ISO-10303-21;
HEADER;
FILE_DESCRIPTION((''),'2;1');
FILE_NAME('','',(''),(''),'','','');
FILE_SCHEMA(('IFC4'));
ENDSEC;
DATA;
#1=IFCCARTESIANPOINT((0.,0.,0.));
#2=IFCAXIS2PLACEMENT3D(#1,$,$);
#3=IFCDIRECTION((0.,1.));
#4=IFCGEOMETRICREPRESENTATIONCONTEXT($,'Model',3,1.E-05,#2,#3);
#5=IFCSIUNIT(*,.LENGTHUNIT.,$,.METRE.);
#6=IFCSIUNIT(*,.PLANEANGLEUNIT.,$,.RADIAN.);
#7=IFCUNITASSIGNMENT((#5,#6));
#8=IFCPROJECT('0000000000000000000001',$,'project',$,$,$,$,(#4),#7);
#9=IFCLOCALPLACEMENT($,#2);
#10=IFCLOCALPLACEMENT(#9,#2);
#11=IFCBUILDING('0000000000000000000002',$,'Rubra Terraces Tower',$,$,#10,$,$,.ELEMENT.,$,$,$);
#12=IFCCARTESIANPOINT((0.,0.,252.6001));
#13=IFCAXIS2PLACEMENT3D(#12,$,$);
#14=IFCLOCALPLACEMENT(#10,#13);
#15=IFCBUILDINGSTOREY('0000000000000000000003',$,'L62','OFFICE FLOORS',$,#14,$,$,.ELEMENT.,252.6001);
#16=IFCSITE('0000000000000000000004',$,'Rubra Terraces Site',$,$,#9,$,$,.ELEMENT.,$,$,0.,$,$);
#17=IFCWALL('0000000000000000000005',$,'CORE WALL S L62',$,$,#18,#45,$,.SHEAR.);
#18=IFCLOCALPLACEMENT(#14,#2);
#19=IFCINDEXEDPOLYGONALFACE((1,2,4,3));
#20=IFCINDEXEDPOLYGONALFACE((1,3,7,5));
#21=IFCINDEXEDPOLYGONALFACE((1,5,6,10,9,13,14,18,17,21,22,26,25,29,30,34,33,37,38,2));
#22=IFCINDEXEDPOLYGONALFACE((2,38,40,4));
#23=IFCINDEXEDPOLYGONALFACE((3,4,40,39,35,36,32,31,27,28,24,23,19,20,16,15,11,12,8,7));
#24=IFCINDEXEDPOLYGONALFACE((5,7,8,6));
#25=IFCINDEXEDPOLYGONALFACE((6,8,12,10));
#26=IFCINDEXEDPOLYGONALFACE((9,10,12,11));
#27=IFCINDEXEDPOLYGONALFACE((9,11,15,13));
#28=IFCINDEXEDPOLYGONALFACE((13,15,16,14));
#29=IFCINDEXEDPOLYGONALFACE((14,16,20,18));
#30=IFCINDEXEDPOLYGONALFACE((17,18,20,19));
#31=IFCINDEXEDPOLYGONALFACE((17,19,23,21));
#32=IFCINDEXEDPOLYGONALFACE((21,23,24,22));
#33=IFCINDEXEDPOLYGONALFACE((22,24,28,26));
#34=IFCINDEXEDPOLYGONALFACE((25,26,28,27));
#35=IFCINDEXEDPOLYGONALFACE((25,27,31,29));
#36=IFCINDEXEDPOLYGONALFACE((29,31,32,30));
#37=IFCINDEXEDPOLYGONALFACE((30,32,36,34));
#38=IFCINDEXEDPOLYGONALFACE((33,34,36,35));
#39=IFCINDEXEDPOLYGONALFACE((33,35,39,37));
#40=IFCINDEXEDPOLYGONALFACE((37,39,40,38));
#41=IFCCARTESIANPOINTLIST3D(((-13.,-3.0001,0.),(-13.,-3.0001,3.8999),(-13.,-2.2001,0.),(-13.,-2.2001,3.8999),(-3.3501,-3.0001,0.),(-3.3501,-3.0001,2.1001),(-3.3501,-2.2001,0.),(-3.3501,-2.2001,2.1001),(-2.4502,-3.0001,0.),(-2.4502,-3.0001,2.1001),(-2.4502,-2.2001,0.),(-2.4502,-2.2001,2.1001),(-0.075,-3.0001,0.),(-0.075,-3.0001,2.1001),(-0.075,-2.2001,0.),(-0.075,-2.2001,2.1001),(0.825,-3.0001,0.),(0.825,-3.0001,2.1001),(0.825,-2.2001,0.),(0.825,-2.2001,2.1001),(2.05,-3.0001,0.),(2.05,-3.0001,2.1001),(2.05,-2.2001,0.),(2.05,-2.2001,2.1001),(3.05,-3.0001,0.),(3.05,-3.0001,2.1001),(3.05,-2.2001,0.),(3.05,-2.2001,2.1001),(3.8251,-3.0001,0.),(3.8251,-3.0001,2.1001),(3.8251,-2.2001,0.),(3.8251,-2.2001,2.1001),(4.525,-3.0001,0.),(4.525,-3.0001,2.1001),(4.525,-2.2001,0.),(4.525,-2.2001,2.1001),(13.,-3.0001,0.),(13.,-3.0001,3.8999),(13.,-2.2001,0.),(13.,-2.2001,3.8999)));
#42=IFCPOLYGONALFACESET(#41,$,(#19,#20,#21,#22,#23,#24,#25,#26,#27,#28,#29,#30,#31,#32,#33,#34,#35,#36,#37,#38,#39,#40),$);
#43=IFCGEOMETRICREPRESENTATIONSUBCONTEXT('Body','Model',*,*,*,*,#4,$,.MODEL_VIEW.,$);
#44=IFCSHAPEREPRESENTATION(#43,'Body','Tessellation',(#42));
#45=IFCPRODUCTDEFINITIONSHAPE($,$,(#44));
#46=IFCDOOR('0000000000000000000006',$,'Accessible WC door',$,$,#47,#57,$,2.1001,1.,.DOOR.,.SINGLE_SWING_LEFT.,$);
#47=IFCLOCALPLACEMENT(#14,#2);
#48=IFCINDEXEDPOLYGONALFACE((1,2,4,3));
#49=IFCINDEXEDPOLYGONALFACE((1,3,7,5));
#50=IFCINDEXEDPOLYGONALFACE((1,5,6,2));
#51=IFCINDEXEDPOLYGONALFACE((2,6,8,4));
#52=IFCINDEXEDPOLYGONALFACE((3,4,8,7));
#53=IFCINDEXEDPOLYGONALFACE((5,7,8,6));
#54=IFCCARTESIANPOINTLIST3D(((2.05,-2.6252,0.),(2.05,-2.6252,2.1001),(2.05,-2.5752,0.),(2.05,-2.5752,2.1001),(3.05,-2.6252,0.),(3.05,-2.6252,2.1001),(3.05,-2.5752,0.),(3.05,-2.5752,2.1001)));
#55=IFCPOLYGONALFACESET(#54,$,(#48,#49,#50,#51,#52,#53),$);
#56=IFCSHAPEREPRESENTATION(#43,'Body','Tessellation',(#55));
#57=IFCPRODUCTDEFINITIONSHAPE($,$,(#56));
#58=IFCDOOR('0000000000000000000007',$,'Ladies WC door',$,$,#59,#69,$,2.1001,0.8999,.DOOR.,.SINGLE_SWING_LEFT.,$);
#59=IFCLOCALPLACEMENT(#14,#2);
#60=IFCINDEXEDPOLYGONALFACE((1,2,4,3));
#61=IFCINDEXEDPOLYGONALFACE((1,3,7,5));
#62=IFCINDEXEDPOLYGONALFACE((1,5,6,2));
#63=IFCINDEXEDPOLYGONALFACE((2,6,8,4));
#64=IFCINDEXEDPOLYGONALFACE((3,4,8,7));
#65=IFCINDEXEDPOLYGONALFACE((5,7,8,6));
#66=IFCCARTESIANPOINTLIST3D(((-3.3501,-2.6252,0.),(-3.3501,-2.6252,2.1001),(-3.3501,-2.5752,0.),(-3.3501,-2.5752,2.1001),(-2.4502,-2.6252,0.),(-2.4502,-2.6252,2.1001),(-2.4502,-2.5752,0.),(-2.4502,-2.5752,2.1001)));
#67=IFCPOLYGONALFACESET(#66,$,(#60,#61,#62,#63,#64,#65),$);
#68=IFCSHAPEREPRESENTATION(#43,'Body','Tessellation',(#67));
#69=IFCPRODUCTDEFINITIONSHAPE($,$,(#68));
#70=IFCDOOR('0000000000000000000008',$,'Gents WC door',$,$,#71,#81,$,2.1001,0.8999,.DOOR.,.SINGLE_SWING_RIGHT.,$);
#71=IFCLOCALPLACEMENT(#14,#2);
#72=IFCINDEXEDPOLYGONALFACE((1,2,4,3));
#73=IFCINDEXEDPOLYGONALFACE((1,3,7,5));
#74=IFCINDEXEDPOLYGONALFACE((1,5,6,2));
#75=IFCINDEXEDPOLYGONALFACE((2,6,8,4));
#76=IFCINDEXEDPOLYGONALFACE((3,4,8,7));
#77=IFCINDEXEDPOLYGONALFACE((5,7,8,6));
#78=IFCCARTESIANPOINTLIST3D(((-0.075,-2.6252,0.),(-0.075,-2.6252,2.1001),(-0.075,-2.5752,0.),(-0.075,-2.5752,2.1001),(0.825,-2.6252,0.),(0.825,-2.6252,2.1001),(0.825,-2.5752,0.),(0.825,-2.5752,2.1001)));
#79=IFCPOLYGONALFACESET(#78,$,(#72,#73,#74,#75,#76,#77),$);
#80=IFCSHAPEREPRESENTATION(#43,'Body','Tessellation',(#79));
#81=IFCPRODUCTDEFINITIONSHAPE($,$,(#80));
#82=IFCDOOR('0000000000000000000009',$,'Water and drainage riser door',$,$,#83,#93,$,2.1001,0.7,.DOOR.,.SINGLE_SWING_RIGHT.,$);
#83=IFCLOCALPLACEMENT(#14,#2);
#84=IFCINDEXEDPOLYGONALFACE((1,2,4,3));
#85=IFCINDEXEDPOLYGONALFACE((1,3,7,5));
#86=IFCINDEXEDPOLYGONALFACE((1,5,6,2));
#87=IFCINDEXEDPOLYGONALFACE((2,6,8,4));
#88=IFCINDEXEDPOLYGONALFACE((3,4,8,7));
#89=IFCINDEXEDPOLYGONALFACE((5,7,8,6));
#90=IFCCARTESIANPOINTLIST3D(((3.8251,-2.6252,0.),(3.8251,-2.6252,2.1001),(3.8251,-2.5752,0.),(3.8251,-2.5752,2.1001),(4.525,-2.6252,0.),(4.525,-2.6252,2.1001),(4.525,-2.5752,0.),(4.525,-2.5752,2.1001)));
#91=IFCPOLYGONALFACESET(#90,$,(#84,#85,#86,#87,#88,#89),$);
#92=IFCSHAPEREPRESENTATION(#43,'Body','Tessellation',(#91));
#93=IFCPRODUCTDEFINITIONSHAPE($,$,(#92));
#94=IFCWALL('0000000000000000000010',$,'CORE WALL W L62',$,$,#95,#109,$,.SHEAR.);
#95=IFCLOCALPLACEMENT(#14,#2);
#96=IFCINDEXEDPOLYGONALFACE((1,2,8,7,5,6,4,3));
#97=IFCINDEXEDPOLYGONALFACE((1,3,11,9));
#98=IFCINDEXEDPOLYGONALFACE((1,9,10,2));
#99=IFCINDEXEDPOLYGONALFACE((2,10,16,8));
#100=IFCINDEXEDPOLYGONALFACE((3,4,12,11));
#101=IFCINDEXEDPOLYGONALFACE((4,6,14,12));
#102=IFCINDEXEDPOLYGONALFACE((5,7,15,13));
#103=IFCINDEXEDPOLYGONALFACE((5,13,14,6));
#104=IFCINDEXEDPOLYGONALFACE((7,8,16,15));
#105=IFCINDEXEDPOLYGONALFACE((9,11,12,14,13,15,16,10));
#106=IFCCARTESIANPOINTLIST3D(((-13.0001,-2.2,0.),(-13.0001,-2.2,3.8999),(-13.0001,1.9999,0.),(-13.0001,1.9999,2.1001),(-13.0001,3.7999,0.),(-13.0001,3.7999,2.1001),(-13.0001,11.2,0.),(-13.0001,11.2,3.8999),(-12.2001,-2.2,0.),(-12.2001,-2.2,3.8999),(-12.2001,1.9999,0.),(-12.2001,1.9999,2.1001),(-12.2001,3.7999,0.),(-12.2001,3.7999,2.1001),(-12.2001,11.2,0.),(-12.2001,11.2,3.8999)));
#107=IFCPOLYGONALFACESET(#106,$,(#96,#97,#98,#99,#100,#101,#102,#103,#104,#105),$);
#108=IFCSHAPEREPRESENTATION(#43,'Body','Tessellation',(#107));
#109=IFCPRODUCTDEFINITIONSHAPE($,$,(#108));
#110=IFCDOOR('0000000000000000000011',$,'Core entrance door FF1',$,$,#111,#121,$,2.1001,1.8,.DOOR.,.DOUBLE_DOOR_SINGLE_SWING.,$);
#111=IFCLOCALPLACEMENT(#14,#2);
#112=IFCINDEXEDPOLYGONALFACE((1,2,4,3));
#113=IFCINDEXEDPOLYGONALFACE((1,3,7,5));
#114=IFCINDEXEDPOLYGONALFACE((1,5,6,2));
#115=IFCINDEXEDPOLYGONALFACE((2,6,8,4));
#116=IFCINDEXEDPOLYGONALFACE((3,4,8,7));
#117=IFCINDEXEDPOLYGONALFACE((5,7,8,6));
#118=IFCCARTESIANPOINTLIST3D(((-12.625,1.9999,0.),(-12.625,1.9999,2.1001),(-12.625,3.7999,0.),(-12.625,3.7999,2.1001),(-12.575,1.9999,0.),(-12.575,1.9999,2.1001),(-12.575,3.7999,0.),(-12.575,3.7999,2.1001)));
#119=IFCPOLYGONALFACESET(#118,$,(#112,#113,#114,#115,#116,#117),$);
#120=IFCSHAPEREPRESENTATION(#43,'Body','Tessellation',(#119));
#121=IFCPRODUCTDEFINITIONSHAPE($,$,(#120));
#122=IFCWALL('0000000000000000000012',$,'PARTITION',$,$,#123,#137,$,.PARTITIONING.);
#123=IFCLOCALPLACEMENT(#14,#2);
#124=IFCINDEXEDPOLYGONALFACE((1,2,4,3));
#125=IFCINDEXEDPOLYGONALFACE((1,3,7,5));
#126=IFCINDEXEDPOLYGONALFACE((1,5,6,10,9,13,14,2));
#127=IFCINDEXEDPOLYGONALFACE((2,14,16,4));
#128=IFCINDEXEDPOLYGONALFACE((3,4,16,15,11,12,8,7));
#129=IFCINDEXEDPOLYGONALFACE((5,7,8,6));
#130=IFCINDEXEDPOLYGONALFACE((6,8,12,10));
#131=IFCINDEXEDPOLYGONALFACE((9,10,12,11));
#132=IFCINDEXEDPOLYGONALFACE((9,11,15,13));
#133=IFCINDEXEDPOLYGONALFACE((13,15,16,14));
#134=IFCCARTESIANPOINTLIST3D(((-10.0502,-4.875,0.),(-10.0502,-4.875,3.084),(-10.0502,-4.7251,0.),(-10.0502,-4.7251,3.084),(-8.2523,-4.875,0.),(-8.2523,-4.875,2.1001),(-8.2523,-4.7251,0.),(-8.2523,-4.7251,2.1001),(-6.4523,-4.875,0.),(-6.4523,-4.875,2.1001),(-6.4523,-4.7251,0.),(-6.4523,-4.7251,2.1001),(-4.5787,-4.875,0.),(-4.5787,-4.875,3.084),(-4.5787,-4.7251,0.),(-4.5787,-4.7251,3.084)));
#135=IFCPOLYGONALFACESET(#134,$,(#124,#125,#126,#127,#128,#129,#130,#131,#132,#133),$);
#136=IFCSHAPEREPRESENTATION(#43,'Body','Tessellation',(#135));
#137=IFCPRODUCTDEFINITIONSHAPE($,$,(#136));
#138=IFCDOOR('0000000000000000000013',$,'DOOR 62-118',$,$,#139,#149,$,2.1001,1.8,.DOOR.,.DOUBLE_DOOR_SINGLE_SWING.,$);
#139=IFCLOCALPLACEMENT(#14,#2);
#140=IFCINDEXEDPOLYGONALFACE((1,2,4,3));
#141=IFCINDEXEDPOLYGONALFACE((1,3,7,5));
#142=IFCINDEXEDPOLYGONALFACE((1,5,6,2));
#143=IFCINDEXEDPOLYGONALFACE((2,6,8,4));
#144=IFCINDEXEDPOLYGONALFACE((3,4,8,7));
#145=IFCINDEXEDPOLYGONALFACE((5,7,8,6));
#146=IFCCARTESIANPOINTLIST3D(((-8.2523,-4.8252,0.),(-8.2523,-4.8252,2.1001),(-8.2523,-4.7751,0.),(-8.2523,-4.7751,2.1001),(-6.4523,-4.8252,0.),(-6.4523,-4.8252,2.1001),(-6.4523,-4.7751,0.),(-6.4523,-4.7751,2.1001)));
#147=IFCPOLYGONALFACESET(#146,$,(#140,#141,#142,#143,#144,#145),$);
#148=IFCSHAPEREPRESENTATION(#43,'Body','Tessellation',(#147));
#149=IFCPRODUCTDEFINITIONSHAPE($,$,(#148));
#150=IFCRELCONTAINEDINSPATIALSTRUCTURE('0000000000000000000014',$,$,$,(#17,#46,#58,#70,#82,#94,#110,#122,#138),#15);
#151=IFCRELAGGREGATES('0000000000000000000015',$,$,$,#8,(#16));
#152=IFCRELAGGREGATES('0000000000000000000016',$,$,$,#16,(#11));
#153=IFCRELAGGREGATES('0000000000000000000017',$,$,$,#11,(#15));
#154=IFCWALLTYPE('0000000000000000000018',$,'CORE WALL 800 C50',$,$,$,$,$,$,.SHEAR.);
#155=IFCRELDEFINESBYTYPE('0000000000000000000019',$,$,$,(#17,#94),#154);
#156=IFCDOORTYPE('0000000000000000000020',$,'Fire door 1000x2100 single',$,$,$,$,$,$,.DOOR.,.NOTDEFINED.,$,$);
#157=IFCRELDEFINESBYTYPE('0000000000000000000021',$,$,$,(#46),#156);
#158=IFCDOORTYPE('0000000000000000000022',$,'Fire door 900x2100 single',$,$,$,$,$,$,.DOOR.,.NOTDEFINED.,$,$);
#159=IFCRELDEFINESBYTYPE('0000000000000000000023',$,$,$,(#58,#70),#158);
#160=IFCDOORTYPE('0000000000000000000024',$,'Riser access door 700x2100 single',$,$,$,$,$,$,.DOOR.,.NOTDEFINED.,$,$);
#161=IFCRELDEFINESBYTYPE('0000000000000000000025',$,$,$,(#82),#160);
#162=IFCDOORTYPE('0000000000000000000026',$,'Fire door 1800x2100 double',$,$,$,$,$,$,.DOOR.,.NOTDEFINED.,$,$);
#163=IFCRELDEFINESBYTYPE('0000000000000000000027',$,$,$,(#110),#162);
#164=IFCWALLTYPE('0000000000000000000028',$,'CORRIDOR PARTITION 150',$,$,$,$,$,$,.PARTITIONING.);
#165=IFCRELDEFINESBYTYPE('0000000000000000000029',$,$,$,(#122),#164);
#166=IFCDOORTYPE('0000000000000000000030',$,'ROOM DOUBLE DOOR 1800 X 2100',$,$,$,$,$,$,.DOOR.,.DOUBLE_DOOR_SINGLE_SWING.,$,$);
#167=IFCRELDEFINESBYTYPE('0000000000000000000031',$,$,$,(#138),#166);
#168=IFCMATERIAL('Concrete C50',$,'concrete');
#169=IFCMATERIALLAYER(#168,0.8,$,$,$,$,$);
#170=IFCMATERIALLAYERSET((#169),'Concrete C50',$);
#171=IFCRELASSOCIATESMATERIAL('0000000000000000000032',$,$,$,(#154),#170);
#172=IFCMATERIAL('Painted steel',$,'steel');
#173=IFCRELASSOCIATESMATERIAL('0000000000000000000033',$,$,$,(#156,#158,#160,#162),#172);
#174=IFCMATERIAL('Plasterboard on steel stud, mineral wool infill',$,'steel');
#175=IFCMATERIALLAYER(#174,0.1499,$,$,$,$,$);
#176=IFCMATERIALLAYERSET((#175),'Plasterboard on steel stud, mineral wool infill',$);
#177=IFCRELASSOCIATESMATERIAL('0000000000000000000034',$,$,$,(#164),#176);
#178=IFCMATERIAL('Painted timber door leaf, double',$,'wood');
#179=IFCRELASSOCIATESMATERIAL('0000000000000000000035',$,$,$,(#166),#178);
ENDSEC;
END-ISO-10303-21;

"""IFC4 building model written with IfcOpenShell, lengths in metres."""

from ifc_helpers import new_model, si_unit, direction, frame, frame_2d, origin, place, context, subcontext, project, spatial, rectangle, extrude, material, layer, layer_set, type_object, element, fill, save


model = new_model("IFC4")

# Units and contexts
model_context = context("Model", 3, precision=1e-05, world=origin(), true_north=direction((0.0, 1.0)))
body_context = subcontext(model_context, "Body", "Model", "MODEL_VIEW")
ifc_project = project(units=[si_unit("LENGTHUNIT", "METRE"), si_unit("PLANEANGLEUNIT", "RADIAN")], contexts=[model_context])

# Site, building, storey
site_placement = place(None, origin())
site = spatial("IfcSite", under=ifc_project, at=site_placement, Name="Rubra Terraces Site", CompositionType="ELEMENT", RefElevation=0.0)
building_placement = place(site_placement, origin())
building = spatial("IfcBuilding", under=site, at=building_placement, Name="Rubra Terraces Tower", CompositionType="ELEMENT")
storey_placement = place(building_placement, frame((0.0, 0.0, 252.6001)))
storey = spatial("IfcBuildingStorey", under=building, at=storey_placement, Name="L62", Description="OFFICE FLOORS", CompositionType="ELEMENT", Elevation=252.6001)

# Wall, openings, doors
ifc_material_1 = material(Name="Concrete C50", Category="concrete")
ifc_layer_1 = layer(ifc_material_1, 0.8)
ifc_layer_set_1 = layer_set([ifc_layer_1], Name="Concrete C50")
wall_type_1 = type_object("IfcWallType", Name="CORE WALL 800 C50", PredefinedType="SHEAR", material=ifc_layer_set_1)
wall_1_placement = place(storey_placement, frame((-13.0, -2.6001, 0.0), z_axis=(0.0, 0.0, 1.0), x_axis=(1.0, 0.0, 0.0)))
wall_1 = element("IfcWall", 1, at=wall_1_placement, inside=storey, type_object=wall_type_1, Name="CORE WALL S L62", PredefinedType="SHEAR", context=body_context, shape_type="SweptSolid", body=[
    extrude(rectangle(XDim=26.0, YDim=0.8, at=frame_2d((13.0, 0.0))), origin(), (0.0, 0.0, 1.0), 3.8999),
])
opening_1_placement = place(wall_1_placement, frame((9.6499, 0.0, 0.0)))
opening_1 = element("IfcOpeningElement", 2, at=opening_1_placement, cuts=wall_1, PredefinedType="OPENING", context=body_context, shape_type="SweptSolid", body=[
    extrude(rectangle(XDim=0.8999, YDim=2.1001, at=frame_2d((0.45, 1.05))), frame((0.0, 0.4099, 0.0), z_axis=(0.0, -1.0, 0.0), x_axis=(1.0, 0.0, 0.0)), (0.0, 0.0, 1.0), 0.8201),
])
opening_2_placement = place(wall_1_placement, frame((12.925, 0.0, 0.0)))
opening_2 = element("IfcOpeningElement", 3, at=opening_2_placement, cuts=wall_1, PredefinedType="OPENING", context=body_context, shape_type="SweptSolid", body=[
    extrude(rectangle(XDim=0.8999, YDim=2.1001, at=frame_2d((0.45, 1.05))), frame((0.0, 0.4099, 0.0), z_axis=(0.0, -1.0, 0.0), x_axis=(1.0, 0.0, 0.0)), (0.0, 0.0, 1.0), 0.8201),
])
opening_3_placement = place(wall_1_placement, frame((15.05, 0.0, 0.0)))
opening_3 = element("IfcOpeningElement", 4, at=opening_3_placement, cuts=wall_1, PredefinedType="OPENING", context=body_context, shape_type="SweptSolid", body=[
    extrude(rectangle(XDim=1.0, YDim=2.1001, at=frame_2d((0.5, 1.05))), frame((0.0, 0.4099, 0.0), z_axis=(0.0, -1.0, 0.0), x_axis=(1.0, 0.0, 0.0)), (0.0, 0.0, 1.0), 0.8201),
])
opening_4_placement = place(wall_1_placement, frame((16.825, 0.0, 0.0)))
opening_4 = element("IfcOpeningElement", 5, at=opening_4_placement, cuts=wall_1, PredefinedType="OPENING", context=body_context, shape_type="SweptSolid", body=[
    extrude(rectangle(XDim=0.7, YDim=2.1001, at=frame_2d((0.3501, 1.05))), frame((0.0, 0.4099, 0.0), z_axis=(0.0, -1.0, 0.0), x_axis=(1.0, 0.0, 0.0)), (0.0, 0.0, 1.0), 0.8201),
])
ifc_material_2 = material(Name="Painted steel", Category="steel")
door_type_1 = type_object("IfcDoorType", Name="Fire door 1000x2100 single", OperationType="NOTDEFINED", PredefinedType="DOOR", material=ifc_material_2)
door_1_placement = place(opening_3_placement, origin())
door_1 = element("IfcDoor", 6, at=door_1_placement, inside=storey, type_object=door_type_1, Name="Accessible WC door", OperationType="SINGLE_SWING_LEFT", OverallHeight=2.1001, OverallWidth=1.0, PredefinedType="DOOR", context=body_context, shape_type="SweptSolid", body=[
    extrude(rectangle(XDim=1.0, YDim=2.1001, at=frame_2d((0.5, 1.05))), frame((0.0, 0.0249, 0.0), z_axis=(0.0, -1.0, 0.0), x_axis=(1.0, 0.0, 0.0)), (0.0, 0.0, 1.0), 0.05),
])
fill(opening_3, door_1)
door_type_2 = type_object("IfcDoorType", Name="Fire door 900x2100 single", OperationType="NOTDEFINED", PredefinedType="DOOR", material=ifc_material_2)
door_2_placement = place(opening_1_placement, origin())
door_2 = element("IfcDoor", 7, at=door_2_placement, inside=storey, type_object=door_type_2, Name="Ladies WC door", OperationType="SINGLE_SWING_LEFT", OverallHeight=2.1001, OverallWidth=0.8999, PredefinedType="DOOR", context=body_context, shape_type="SweptSolid", body=[
    extrude(rectangle(XDim=0.8999, YDim=2.1001, at=frame_2d((0.45, 1.05))), frame((0.0, 0.0249, 0.0), z_axis=(0.0, -1.0, 0.0), x_axis=(1.0, 0.0, 0.0)), (0.0, 0.0, 1.0), 0.05),
])
fill(opening_1, door_2)
door_3_placement = place(opening_2_placement, origin())
door_3 = element("IfcDoor", 8, at=door_3_placement, inside=storey, type_object=door_type_2, Name="Gents WC door", OperationType="SINGLE_SWING_RIGHT", OverallHeight=2.1001, OverallWidth=0.8999, PredefinedType="DOOR", context=body_context, shape_type="SweptSolid", body=[
    extrude(rectangle(XDim=0.8999, YDim=2.1001, at=frame_2d((0.45, 1.05))), frame((0.0, 0.0249, 0.0), z_axis=(0.0, -1.0, 0.0), x_axis=(1.0, 0.0, 0.0)), (0.0, 0.0, 1.0), 0.05),
])
fill(opening_2, door_3)
door_type_3 = type_object("IfcDoorType", Name="Riser access door 700x2100 single", OperationType="NOTDEFINED", PredefinedType="DOOR", material=ifc_material_2)
door_4_placement = place(opening_4_placement, origin())
door_4 = element("IfcDoor", 9, at=door_4_placement, inside=storey, type_object=door_type_3, Name="Water and drainage riser door", OperationType="SINGLE_SWING_RIGHT", OverallHeight=2.1001, OverallWidth=0.7, PredefinedType="DOOR", context=body_context, shape_type="SweptSolid", body=[
    extrude(rectangle(XDim=0.7, YDim=2.1001, at=frame_2d((0.3501, 1.05))), frame((0.0, 0.0249, 0.0), z_axis=(0.0, -1.0, 0.0), x_axis=(1.0, 0.0, 0.0)), (0.0, 0.0, 1.0), 0.05),
])
fill(opening_4, door_4)

# Walls, openings, doors
wall_2_placement = place(storey_placement, frame((-12.6001, -2.2, 0.0), z_axis=(0.0, 0.0, 1.0), x_axis=(0.0, 1.0, 0.0)))
wall_2 = element("IfcWall", 10, at=wall_2_placement, inside=storey, type_object=wall_type_1, Name="CORE WALL W L62", PredefinedType="SHEAR", context=body_context, shape_type="SweptSolid", body=[
    extrude(rectangle(XDim=13.3999, YDim=0.8, at=frame_2d((6.7, 0.0))), origin(), (0.0, 0.0, 1.0), 3.8999),
])
opening_5_placement = place(wall_2_placement, frame((4.2, 0.0, 0.0)))
opening_5 = element("IfcOpeningElement", 11, at=opening_5_placement, cuts=wall_2, PredefinedType="OPENING", context=body_context, shape_type="SweptSolid", body=[
    extrude(rectangle(XDim=1.8, YDim=2.1001, at=frame_2d((0.8999, 1.05))), frame((0.0, 0.4099, 0.0), z_axis=(0.0, -1.0, 0.0), x_axis=(1.0, 0.0, 0.0)), (0.0, 0.0, 1.0), 0.8201),
])
door_type_4 = type_object("IfcDoorType", Name="Fire door 1800x2100 double", OperationType="NOTDEFINED", PredefinedType="DOOR", material=ifc_material_2)
door_5_placement = place(opening_5_placement, origin())
door_5 = element("IfcDoor", 12, at=door_5_placement, inside=storey, type_object=door_type_4, Name="Core entrance door FF1", OperationType="DOUBLE_DOOR_SINGLE_SWING", OverallHeight=2.1001, OverallWidth=1.8, PredefinedType="DOOR", context=body_context, shape_type="SweptSolid", body=[
    extrude(rectangle(XDim=1.8, YDim=2.1001, at=frame_2d((0.8999, 1.05))), frame((0.0, 0.0249, 0.0), z_axis=(0.0, -1.0, 0.0), x_axis=(1.0, 0.0, 0.0)), (0.0, 0.0, 1.0), 0.05),
])
fill(opening_5, door_5)
ifc_material_3 = material(Name="Plasterboard on steel stud, mineral wool infill", Category="steel")
ifc_layer_2 = layer(ifc_material_3, 0.1499)
ifc_layer_set_2 = layer_set([ifc_layer_2], Name="Plasterboard on steel stud, mineral wool infill")
wall_type_2 = type_object("IfcWallType", Name="CORRIDOR PARTITION 150", PredefinedType="PARTITIONING", material=ifc_layer_set_2)
wall_3_placement = place(storey_placement, frame((-10.0503, -4.8, 0.0), z_axis=(0.0, 0.0, 1.0), x_axis=(1.0, 0.0, 0.0)))
wall_3 = element("IfcWall", 13, at=wall_3_placement, inside=storey, type_object=wall_type_2, Name="PARTITION", PredefinedType="PARTITIONING", context=body_context, shape_type="SweptSolid", body=[
    extrude(rectangle(XDim=5.4714, YDim=0.1499, at=frame_2d((2.7358, 0.0))), origin(), (0.0, 0.0, 1.0), 3.084),
])
opening_6_placement = place(wall_3_placement, frame((1.7981, 0.0, 0.0)))
opening_6 = element("IfcOpeningElement", 14, at=opening_6_placement, cuts=wall_3, PredefinedType="OPENING", context=body_context, shape_type="SweptSolid", body=[
    extrude(rectangle(XDim=1.8, YDim=2.1001, at=frame_2d((0.8999, 1.05))), frame((0.0, 0.085, 0.0), z_axis=(0.0, -1.0, 0.0), x_axis=(1.0, 0.0, 0.0)), (0.0, 0.0, 1.0), 0.1699),
])
ifc_material_4 = material(Name="Painted timber door leaf, double", Category="wood")
door_type_5 = type_object("IfcDoorType", Name="ROOM DOUBLE DOOR 1800 X 2100", OperationType="DOUBLE_DOOR_SINGLE_SWING", PredefinedType="DOOR", material=ifc_material_4)
door_6_placement = place(opening_6_placement, origin())
door_6 = element("IfcDoor", 15, at=door_6_placement, inside=storey, type_object=door_type_5, Name="DOOR 62-118", OperationType="DOUBLE_DOOR_SINGLE_SWING", OverallHeight=2.1001, OverallWidth=1.8, PredefinedType="DOOR", context=body_context, shape_type="SweptSolid", body=[
    extrude(rectangle(XDim=1.8, YDim=2.1001, at=frame_2d((0.8999, 1.05))), frame((0.0, 0.0249, 0.0), z_axis=(0.0, -1.0, 0.0), x_axis=(1.0, 0.0, 0.0)), (0.0, 0.0, 1.0), 0.05),
])
fill(opening_6, door_6)

save(model, "model.ifc")
